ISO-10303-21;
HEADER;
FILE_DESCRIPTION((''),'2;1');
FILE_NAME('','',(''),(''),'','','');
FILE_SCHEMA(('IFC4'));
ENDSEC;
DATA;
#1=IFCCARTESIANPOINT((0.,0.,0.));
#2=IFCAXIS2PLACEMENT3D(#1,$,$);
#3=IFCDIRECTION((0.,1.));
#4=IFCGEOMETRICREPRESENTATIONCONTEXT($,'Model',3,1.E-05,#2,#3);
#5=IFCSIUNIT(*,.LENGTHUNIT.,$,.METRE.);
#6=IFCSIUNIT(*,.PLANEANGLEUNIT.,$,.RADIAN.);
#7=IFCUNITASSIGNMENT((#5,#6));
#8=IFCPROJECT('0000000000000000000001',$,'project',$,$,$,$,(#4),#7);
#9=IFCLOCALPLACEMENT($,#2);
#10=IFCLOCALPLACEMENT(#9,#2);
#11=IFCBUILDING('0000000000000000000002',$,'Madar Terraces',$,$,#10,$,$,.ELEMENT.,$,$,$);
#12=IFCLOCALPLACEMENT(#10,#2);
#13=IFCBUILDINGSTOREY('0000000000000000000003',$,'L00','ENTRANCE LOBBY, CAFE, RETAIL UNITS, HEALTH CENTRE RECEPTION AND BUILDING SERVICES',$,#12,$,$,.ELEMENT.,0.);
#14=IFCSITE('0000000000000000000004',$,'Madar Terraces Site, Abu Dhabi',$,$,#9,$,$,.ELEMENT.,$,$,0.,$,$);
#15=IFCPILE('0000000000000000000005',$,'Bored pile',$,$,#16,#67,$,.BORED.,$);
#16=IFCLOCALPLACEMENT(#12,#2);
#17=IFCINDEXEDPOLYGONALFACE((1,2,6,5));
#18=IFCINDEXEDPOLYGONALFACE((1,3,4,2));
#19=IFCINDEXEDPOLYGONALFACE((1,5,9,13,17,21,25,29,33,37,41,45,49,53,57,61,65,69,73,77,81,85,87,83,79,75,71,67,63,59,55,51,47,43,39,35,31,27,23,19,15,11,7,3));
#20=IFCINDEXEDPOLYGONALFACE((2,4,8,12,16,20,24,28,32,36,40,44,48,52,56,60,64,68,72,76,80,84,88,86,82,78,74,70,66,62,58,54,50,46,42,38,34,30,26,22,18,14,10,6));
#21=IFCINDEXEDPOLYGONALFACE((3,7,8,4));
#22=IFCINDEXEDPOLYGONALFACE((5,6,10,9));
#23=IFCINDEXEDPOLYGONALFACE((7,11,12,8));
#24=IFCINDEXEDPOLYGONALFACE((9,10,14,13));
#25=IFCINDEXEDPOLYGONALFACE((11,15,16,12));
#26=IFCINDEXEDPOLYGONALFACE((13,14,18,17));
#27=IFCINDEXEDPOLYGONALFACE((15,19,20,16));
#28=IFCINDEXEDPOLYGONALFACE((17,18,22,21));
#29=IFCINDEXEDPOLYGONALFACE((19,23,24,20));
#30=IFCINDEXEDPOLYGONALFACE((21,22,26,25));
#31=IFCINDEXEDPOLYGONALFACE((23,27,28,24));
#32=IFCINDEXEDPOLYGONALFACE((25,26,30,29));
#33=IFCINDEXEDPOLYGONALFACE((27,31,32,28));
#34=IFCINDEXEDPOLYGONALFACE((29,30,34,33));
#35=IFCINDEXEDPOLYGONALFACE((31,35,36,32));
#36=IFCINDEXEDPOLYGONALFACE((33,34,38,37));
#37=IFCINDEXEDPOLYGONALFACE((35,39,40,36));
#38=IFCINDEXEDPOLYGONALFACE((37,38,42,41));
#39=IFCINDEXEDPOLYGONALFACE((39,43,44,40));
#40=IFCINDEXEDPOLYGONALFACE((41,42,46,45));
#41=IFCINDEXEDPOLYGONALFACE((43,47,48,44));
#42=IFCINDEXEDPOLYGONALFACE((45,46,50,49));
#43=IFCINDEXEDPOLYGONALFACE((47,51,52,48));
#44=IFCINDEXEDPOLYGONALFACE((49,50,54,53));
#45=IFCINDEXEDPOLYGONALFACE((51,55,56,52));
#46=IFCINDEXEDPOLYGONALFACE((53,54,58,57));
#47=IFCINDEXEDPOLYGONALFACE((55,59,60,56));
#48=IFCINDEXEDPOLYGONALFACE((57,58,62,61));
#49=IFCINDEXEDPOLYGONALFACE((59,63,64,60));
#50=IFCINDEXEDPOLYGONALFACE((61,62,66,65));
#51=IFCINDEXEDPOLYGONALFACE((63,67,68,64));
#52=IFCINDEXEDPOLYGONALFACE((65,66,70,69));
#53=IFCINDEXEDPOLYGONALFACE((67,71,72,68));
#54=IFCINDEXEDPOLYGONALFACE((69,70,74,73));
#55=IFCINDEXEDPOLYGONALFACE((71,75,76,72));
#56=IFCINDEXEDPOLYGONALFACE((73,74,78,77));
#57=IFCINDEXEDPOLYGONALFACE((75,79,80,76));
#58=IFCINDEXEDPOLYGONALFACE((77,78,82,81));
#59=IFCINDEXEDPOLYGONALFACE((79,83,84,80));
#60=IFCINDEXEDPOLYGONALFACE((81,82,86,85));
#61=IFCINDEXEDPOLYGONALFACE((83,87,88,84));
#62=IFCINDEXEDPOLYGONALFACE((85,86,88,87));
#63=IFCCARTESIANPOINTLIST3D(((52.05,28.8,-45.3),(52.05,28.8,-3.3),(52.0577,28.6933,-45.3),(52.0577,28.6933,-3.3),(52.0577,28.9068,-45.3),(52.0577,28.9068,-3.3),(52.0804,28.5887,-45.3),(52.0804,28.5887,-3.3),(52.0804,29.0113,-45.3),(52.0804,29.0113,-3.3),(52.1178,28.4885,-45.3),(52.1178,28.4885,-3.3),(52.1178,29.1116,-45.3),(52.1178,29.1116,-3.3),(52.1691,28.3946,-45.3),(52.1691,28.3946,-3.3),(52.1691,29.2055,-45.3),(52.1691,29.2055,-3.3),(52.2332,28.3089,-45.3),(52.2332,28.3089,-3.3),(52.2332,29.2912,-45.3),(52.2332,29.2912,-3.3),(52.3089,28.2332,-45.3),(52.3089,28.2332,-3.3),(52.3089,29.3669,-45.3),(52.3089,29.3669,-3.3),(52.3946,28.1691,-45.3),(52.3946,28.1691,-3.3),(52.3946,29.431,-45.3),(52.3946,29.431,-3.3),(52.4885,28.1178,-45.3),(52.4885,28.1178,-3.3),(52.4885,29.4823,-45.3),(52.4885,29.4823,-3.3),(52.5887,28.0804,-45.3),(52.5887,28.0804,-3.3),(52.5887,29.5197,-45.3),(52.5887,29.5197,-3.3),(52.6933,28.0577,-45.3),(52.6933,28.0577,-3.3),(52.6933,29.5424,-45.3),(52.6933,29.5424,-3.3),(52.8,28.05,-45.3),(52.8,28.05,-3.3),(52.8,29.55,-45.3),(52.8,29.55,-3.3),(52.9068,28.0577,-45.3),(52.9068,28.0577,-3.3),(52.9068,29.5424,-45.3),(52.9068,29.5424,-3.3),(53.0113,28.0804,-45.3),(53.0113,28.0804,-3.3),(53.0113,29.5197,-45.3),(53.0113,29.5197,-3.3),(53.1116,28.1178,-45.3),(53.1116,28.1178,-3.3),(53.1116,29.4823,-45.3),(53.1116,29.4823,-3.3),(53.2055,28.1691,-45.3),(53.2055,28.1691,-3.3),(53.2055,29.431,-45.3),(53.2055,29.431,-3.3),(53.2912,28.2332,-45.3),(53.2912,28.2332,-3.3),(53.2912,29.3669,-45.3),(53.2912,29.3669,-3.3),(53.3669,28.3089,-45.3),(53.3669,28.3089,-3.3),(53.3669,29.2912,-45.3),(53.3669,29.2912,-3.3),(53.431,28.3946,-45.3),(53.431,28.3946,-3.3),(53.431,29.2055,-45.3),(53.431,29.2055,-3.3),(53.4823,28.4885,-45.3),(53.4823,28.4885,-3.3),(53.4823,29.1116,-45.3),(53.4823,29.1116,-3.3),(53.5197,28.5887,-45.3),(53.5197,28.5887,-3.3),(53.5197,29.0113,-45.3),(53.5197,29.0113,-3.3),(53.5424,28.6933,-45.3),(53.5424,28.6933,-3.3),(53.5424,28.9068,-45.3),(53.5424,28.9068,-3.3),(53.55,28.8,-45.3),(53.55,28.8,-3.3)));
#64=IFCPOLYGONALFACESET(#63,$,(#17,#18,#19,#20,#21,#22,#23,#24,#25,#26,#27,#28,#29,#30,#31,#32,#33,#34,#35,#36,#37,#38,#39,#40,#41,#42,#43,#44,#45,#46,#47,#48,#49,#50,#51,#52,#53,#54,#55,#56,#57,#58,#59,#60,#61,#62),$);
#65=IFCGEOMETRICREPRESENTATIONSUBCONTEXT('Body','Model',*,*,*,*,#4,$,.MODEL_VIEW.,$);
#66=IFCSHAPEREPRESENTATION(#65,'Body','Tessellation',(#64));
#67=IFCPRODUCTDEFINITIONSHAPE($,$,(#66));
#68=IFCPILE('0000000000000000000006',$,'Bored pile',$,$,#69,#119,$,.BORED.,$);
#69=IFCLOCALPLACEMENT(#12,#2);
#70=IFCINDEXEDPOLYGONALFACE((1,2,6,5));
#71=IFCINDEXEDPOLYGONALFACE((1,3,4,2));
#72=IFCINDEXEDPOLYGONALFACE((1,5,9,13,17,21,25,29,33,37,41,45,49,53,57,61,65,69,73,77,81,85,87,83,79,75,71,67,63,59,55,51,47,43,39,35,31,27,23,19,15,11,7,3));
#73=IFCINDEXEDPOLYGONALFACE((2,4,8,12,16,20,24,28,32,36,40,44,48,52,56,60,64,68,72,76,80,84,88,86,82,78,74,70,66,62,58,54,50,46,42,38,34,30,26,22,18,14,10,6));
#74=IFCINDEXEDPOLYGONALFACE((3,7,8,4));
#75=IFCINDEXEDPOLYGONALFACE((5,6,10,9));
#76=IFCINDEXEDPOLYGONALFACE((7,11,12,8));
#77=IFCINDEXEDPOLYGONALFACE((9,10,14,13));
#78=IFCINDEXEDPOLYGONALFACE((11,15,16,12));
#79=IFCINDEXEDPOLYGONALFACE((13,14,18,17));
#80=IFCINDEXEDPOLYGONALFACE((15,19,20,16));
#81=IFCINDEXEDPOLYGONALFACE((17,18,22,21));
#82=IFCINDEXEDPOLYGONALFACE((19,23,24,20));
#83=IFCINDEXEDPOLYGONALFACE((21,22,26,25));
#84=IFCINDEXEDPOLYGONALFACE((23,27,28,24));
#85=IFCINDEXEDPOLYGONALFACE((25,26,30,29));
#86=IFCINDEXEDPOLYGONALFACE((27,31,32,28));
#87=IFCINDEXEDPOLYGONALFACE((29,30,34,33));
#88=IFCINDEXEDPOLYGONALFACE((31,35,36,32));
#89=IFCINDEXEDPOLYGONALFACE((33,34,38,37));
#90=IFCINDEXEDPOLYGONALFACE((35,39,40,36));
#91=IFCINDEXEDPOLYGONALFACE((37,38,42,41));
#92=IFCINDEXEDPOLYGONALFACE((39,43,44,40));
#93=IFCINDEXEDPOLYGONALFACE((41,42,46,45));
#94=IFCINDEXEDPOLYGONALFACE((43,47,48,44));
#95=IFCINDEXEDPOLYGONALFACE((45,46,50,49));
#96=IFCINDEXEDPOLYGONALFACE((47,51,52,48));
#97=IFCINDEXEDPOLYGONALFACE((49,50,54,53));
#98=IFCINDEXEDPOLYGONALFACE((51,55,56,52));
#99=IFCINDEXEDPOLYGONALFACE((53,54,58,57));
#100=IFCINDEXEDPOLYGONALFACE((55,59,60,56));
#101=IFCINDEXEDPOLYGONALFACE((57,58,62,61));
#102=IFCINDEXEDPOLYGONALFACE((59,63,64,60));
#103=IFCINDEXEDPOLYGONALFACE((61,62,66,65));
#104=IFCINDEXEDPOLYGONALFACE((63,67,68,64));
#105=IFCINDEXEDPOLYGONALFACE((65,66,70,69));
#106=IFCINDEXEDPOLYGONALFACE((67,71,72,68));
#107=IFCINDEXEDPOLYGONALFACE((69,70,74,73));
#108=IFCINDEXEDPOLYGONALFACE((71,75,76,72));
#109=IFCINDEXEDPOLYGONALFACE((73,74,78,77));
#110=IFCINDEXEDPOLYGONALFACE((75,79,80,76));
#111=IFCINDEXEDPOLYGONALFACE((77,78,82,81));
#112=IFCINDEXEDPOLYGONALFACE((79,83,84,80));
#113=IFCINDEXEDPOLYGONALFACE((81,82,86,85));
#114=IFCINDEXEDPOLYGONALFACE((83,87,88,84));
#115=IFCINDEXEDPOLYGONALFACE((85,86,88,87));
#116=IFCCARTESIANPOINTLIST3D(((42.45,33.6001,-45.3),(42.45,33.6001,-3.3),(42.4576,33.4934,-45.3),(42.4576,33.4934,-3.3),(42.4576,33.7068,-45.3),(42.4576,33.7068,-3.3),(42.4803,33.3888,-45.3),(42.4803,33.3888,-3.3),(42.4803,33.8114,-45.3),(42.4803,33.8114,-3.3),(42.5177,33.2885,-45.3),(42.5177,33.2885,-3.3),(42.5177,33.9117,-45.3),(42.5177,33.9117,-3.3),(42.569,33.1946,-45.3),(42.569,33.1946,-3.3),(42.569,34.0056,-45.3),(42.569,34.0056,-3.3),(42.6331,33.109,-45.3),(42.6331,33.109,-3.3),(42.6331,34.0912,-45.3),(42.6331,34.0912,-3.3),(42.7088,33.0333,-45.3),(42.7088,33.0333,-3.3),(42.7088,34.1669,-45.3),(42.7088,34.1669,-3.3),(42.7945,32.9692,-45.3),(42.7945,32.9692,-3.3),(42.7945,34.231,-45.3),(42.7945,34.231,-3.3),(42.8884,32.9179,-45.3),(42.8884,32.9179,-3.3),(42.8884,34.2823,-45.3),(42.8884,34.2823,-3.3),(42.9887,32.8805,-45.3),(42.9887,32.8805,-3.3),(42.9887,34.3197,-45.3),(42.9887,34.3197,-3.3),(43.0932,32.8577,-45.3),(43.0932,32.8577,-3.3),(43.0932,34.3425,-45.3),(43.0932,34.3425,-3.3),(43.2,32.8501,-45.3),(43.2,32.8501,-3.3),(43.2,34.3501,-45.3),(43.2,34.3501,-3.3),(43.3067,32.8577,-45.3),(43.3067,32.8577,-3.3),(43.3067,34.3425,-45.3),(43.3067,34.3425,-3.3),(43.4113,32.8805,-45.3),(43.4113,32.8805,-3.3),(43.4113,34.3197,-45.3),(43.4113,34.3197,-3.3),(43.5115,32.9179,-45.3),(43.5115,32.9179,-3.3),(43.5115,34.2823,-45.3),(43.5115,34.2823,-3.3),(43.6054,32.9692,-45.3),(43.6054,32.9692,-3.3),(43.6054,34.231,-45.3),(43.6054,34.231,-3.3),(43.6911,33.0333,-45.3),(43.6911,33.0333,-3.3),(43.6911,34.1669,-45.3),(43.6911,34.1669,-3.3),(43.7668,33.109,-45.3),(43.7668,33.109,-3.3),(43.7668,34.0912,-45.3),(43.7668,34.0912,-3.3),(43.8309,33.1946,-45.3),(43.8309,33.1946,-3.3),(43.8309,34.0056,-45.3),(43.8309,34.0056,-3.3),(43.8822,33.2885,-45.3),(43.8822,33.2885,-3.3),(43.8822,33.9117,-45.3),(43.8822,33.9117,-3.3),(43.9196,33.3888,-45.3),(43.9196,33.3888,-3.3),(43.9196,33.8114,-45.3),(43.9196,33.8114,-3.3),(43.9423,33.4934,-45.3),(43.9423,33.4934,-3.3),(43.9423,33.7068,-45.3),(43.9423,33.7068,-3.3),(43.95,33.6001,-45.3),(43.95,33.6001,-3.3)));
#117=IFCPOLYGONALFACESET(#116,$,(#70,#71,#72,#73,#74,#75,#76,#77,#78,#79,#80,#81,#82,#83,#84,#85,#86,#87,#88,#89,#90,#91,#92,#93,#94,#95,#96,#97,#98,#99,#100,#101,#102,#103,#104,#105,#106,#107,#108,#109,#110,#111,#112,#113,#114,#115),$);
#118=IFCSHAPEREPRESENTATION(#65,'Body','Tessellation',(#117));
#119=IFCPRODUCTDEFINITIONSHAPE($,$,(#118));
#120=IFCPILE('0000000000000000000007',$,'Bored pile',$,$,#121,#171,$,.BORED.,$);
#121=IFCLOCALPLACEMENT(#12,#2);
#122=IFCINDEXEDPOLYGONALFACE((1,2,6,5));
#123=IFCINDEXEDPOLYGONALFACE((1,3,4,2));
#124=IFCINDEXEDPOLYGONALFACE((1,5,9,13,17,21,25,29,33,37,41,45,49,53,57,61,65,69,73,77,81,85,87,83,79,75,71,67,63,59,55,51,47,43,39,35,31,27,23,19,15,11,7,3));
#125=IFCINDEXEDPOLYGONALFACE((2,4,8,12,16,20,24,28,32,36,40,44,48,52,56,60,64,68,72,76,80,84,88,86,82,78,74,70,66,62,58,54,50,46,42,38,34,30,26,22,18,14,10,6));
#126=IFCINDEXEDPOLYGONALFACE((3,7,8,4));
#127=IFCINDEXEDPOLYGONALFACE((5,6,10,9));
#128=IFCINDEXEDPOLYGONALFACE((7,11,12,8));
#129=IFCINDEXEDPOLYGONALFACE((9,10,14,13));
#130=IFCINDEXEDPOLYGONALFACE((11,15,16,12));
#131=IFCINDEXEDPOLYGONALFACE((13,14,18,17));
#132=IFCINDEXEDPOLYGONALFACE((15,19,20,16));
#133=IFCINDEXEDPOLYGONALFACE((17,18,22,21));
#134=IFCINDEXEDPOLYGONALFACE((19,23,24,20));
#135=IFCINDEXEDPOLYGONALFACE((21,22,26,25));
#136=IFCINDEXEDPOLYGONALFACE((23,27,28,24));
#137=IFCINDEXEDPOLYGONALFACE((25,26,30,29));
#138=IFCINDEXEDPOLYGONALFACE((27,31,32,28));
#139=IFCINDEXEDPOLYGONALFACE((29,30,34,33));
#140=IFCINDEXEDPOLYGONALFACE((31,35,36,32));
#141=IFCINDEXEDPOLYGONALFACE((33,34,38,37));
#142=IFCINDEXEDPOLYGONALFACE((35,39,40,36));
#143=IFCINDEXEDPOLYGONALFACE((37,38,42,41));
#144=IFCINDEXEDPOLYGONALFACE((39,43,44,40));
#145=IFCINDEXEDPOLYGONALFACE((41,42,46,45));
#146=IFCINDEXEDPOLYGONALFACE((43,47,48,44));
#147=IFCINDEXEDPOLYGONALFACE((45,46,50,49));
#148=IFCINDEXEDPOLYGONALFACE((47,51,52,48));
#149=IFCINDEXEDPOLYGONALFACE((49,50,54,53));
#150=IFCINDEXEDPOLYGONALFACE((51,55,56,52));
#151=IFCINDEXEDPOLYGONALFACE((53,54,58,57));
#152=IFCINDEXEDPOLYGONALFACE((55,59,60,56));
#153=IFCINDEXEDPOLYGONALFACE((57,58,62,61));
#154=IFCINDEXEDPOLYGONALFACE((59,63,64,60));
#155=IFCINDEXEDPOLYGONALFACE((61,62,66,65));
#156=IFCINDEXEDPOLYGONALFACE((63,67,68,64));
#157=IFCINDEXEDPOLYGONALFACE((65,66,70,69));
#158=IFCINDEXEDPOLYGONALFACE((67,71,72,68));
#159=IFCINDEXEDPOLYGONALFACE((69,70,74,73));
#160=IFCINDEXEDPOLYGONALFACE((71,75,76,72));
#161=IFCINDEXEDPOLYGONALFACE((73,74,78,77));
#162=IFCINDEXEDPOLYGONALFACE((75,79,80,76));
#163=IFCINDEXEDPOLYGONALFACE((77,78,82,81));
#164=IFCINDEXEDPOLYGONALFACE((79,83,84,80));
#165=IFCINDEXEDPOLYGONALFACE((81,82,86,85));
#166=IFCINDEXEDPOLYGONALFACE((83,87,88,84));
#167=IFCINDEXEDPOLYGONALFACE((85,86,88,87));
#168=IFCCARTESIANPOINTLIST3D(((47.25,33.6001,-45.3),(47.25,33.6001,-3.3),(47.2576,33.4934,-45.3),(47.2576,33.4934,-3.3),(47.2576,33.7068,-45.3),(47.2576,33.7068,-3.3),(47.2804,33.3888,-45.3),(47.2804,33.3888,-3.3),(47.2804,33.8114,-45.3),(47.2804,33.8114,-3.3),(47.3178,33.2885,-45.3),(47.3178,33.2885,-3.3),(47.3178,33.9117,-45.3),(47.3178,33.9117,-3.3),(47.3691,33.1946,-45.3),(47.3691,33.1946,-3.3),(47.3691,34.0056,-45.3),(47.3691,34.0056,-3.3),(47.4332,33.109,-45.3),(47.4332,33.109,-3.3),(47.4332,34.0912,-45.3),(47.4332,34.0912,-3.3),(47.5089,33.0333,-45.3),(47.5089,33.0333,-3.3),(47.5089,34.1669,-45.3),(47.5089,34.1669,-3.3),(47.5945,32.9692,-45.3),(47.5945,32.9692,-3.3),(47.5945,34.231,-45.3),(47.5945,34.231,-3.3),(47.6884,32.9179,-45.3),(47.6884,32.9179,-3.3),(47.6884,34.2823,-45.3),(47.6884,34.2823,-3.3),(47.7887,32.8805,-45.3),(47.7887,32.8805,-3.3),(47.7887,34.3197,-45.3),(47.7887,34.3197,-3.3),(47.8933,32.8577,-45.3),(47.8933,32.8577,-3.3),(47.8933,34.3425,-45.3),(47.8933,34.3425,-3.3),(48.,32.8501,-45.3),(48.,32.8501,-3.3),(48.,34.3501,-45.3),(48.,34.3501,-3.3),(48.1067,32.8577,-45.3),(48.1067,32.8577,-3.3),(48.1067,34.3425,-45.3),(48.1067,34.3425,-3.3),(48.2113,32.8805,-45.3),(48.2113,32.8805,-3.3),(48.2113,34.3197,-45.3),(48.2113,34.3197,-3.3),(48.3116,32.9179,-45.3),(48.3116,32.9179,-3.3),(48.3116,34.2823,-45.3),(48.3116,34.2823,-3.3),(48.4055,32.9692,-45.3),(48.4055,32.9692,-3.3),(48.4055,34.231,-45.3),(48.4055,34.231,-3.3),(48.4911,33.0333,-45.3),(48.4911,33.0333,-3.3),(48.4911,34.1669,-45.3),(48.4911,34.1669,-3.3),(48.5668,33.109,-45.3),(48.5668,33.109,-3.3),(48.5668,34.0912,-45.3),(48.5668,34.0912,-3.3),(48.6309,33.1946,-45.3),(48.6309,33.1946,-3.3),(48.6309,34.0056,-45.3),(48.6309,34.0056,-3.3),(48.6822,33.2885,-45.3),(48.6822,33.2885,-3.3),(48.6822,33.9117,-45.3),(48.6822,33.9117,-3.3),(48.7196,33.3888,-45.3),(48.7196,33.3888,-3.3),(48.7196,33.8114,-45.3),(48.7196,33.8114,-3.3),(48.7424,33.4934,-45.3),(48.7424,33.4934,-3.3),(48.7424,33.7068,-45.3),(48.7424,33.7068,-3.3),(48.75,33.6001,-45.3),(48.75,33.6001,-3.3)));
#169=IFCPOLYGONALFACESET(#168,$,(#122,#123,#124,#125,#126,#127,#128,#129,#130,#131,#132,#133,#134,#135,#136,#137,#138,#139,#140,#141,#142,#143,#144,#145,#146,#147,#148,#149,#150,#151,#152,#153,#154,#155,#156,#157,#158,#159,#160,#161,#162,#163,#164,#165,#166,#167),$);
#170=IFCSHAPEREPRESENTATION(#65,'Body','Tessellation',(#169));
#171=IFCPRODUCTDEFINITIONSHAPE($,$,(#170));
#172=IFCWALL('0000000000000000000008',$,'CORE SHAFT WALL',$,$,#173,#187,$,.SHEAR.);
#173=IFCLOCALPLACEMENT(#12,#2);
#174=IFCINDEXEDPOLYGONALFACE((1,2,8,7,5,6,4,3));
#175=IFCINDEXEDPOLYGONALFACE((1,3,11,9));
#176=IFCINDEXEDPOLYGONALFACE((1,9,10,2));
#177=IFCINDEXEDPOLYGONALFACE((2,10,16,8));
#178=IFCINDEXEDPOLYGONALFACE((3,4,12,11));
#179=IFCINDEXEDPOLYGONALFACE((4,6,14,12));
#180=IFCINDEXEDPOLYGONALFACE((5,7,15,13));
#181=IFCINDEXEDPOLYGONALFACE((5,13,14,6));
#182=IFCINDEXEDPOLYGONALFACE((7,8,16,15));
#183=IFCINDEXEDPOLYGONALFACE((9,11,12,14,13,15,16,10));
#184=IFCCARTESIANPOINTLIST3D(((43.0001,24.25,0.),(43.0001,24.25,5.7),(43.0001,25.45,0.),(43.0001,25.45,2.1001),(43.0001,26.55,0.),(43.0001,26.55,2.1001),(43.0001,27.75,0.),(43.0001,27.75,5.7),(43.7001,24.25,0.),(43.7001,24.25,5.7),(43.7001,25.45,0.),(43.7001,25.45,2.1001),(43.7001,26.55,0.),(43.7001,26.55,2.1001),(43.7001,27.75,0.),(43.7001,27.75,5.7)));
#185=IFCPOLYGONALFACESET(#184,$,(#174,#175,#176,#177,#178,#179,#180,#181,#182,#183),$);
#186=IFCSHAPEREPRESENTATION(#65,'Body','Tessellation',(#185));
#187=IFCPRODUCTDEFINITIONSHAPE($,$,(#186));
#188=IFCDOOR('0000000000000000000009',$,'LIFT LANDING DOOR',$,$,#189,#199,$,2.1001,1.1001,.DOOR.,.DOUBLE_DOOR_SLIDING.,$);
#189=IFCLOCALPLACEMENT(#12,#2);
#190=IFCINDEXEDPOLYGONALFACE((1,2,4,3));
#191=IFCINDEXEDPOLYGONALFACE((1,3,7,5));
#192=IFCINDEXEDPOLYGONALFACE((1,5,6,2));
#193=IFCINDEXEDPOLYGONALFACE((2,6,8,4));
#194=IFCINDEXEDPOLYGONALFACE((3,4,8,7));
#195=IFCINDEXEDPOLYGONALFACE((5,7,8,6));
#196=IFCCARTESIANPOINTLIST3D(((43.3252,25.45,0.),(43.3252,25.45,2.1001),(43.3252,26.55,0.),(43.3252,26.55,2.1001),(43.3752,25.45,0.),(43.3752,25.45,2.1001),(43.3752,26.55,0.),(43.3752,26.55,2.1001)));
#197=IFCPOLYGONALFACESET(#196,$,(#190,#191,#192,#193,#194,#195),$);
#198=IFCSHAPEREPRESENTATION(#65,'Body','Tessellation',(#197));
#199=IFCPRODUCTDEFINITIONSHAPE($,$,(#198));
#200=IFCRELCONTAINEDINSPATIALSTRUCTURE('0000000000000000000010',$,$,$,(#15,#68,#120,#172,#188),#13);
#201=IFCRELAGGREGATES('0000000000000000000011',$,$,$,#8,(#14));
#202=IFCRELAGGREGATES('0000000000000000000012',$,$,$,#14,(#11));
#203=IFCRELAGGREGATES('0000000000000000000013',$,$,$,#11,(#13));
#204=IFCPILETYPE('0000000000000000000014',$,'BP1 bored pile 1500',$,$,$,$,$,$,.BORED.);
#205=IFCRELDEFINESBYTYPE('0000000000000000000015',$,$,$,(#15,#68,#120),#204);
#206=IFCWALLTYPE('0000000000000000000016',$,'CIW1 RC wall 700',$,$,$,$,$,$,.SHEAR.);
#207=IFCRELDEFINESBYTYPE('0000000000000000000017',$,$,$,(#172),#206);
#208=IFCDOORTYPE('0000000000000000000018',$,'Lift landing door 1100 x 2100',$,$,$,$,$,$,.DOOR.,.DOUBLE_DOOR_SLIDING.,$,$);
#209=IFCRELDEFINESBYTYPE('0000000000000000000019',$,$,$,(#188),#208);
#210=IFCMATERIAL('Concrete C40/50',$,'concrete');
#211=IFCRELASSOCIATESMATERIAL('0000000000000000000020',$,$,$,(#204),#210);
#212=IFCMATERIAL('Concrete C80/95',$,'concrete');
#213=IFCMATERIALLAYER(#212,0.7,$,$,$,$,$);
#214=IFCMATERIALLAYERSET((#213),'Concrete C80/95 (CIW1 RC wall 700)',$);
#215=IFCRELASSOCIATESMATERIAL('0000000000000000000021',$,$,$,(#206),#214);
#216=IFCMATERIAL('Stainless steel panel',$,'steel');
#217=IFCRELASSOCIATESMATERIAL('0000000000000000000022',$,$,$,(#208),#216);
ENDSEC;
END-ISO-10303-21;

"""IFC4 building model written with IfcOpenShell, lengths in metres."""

from ifc_helpers import new_model, si_unit, direction, frame, frame_2d, origin, origin_2d, place, context, subcontext, project, spatial, rectangle, circle, extrude, material, layer, layer_set, material_profile, profile_set, type_object, element, fill, save


model = new_model("IFC4")

# Units and contexts
model_context = context("Model", 3, precision=1e-05, world=origin(), true_north=direction((0.0, 1.0)))
body_context = subcontext(model_context, "Body", "Model", "MODEL_VIEW")
ifc_project = project(units=[si_unit("LENGTHUNIT", "METRE"), si_unit("PLANEANGLEUNIT", "RADIAN")], contexts=[model_context])

# Site, building, storey
site_placement = place(None, origin())
site = spatial("IfcSite", under=ifc_project, at=site_placement, Name="Madar Terraces Site, Abu Dhabi", CompositionType="ELEMENT", RefElevation=0.0)
building_placement = place(site_placement, origin())
building = spatial("IfcBuilding", under=site, at=building_placement, Name="Madar Terraces", CompositionType="ELEMENT")
storey_placement = place(building_placement, origin())
storey = spatial("IfcBuildingStorey", under=building, at=storey_placement, Name="L00", Description="ENTRANCE LOBBY, CAFE, RETAIL UNITS, HEALTH CENTRE RECEPTION AND BUILDING SERVICES", CompositionType="ELEMENT", Elevation=0.0)

# Piles
ifc_material_1 = material(Name="Concrete C40/50", Category="concrete")
ifc_material_profile = material_profile(ifc_material_1, circle(Radius=0.75, at=origin_2d()), Name="BP1 bored pile 1500")
ifc_profile_set = profile_set([ifc_material_profile], Name="Concrete C40/50")
pile_type = type_object("IfcPileType", Name="BP1 bored pile 1500", PredefinedType="BORED", material=ifc_profile_set)
for number, where, z_axis, x_axis, name in (
    (1, (52.8, 28.8, -3.3), (0.0, 0.0, -1.0), (1.0, 0.0, 0.0), "Bored pile"),
    (2, (43.2, 33.6001, -3.3), (0.0, 0.0, -1.0), (1.0, 0.0, 0.0), "Bored pile"),
    (3, (48.0, 33.6001, -3.3), (0.0, 0.0, -1.0), (1.0, 0.0, 0.0), "Bored pile"),
):
    element("IfcPile", number, at=place(storey_placement, frame(where, z_axis=z_axis, x_axis=x_axis)), inside=storey, type_object=pile_type, Name=name, PredefinedType="BORED", context=body_context, shape_type="SweptSolid", body=[
        extrude(circle(Radius=0.75, at=origin_2d()), origin(), (0.0, 0.0, 1.0), 42.0),
    ])

# Wall, opening, door
ifc_material_2 = material(Name="Concrete C80/95", Category="concrete")
ifc_layer_1 = layer(ifc_material_2, 0.7)
ifc_layer_set_1 = layer_set([ifc_layer_1], Name="Concrete C80/95 (CIW1 RC wall 700)")
wall_type_1 = type_object("IfcWallType", Name="CIW1 RC wall 700", PredefinedType="SHEAR", material=ifc_layer_set_1)
wall_1_placement = place(storey_placement, frame((43.3501, 24.25, 0.0), z_axis=(0.0, 0.0, 1.0), x_axis=(0.0, 1.0, 0.0)))
wall_1 = element("IfcWall", 4, at=wall_1_placement, inside=storey, type_object=wall_type_1, Name="CORE SHAFT WALL", PredefinedType="SHEAR", context=body_context, shape_type="SweptSolid", body=[
    extrude(rectangle(XDim=3.5, YDim=0.7, at=frame_2d((1.75, 0.0))), origin(), (0.0, 0.0, 1.0), 5.7),
])
opening_1_placement = place(wall_1_placement, frame((1.2, 0.0, 0.0)))
opening_1 = element("IfcOpeningElement", 5, at=opening_1_placement, cuts=wall_1, PredefinedType="OPENING", context=body_context, shape_type="SweptSolid", body=[
    extrude(rectangle(XDim=1.1001, YDim=2.1001, at=frame_2d((0.55, 1.05))), frame((0.0, 0.3599, 0.0), z_axis=(0.0, -1.0, 0.0), x_axis=(1.0, 0.0, 0.0)), (0.0, 0.0, 1.0), 0.72),
])
ifc_material_3 = material(Name="Stainless steel panel", Category="steel")
door_type_1 = type_object("IfcDoorType", Name="Lift landing door 1100 x 2100", OperationType="DOUBLE_DOOR_SLIDING", PredefinedType="DOOR", material=ifc_material_3)
door_1_placement = place(opening_1_placement, origin())
door_1 = element("IfcDoor", 6, at=door_1_placement, inside=storey, type_object=door_type_1, Name="LIFT LANDING DOOR", OperationType="DOUBLE_DOOR_SLIDING", OverallHeight=2.1001, OverallWidth=1.1001, PredefinedType="DOOR", context=body_context, shape_type="SweptSolid", body=[
    extrude(rectangle(XDim=1.1001, YDim=2.1001, at=frame_2d((0.55, 1.05))), frame((0.0, 0.0249, 0.0), z_axis=(0.0, -1.0, 0.0), x_axis=(1.0, 0.0, 0.0)), (0.0, 0.0, 1.0), 0.05),
])
fill(opening_1, door_1)

save(model, "model.ifc")
